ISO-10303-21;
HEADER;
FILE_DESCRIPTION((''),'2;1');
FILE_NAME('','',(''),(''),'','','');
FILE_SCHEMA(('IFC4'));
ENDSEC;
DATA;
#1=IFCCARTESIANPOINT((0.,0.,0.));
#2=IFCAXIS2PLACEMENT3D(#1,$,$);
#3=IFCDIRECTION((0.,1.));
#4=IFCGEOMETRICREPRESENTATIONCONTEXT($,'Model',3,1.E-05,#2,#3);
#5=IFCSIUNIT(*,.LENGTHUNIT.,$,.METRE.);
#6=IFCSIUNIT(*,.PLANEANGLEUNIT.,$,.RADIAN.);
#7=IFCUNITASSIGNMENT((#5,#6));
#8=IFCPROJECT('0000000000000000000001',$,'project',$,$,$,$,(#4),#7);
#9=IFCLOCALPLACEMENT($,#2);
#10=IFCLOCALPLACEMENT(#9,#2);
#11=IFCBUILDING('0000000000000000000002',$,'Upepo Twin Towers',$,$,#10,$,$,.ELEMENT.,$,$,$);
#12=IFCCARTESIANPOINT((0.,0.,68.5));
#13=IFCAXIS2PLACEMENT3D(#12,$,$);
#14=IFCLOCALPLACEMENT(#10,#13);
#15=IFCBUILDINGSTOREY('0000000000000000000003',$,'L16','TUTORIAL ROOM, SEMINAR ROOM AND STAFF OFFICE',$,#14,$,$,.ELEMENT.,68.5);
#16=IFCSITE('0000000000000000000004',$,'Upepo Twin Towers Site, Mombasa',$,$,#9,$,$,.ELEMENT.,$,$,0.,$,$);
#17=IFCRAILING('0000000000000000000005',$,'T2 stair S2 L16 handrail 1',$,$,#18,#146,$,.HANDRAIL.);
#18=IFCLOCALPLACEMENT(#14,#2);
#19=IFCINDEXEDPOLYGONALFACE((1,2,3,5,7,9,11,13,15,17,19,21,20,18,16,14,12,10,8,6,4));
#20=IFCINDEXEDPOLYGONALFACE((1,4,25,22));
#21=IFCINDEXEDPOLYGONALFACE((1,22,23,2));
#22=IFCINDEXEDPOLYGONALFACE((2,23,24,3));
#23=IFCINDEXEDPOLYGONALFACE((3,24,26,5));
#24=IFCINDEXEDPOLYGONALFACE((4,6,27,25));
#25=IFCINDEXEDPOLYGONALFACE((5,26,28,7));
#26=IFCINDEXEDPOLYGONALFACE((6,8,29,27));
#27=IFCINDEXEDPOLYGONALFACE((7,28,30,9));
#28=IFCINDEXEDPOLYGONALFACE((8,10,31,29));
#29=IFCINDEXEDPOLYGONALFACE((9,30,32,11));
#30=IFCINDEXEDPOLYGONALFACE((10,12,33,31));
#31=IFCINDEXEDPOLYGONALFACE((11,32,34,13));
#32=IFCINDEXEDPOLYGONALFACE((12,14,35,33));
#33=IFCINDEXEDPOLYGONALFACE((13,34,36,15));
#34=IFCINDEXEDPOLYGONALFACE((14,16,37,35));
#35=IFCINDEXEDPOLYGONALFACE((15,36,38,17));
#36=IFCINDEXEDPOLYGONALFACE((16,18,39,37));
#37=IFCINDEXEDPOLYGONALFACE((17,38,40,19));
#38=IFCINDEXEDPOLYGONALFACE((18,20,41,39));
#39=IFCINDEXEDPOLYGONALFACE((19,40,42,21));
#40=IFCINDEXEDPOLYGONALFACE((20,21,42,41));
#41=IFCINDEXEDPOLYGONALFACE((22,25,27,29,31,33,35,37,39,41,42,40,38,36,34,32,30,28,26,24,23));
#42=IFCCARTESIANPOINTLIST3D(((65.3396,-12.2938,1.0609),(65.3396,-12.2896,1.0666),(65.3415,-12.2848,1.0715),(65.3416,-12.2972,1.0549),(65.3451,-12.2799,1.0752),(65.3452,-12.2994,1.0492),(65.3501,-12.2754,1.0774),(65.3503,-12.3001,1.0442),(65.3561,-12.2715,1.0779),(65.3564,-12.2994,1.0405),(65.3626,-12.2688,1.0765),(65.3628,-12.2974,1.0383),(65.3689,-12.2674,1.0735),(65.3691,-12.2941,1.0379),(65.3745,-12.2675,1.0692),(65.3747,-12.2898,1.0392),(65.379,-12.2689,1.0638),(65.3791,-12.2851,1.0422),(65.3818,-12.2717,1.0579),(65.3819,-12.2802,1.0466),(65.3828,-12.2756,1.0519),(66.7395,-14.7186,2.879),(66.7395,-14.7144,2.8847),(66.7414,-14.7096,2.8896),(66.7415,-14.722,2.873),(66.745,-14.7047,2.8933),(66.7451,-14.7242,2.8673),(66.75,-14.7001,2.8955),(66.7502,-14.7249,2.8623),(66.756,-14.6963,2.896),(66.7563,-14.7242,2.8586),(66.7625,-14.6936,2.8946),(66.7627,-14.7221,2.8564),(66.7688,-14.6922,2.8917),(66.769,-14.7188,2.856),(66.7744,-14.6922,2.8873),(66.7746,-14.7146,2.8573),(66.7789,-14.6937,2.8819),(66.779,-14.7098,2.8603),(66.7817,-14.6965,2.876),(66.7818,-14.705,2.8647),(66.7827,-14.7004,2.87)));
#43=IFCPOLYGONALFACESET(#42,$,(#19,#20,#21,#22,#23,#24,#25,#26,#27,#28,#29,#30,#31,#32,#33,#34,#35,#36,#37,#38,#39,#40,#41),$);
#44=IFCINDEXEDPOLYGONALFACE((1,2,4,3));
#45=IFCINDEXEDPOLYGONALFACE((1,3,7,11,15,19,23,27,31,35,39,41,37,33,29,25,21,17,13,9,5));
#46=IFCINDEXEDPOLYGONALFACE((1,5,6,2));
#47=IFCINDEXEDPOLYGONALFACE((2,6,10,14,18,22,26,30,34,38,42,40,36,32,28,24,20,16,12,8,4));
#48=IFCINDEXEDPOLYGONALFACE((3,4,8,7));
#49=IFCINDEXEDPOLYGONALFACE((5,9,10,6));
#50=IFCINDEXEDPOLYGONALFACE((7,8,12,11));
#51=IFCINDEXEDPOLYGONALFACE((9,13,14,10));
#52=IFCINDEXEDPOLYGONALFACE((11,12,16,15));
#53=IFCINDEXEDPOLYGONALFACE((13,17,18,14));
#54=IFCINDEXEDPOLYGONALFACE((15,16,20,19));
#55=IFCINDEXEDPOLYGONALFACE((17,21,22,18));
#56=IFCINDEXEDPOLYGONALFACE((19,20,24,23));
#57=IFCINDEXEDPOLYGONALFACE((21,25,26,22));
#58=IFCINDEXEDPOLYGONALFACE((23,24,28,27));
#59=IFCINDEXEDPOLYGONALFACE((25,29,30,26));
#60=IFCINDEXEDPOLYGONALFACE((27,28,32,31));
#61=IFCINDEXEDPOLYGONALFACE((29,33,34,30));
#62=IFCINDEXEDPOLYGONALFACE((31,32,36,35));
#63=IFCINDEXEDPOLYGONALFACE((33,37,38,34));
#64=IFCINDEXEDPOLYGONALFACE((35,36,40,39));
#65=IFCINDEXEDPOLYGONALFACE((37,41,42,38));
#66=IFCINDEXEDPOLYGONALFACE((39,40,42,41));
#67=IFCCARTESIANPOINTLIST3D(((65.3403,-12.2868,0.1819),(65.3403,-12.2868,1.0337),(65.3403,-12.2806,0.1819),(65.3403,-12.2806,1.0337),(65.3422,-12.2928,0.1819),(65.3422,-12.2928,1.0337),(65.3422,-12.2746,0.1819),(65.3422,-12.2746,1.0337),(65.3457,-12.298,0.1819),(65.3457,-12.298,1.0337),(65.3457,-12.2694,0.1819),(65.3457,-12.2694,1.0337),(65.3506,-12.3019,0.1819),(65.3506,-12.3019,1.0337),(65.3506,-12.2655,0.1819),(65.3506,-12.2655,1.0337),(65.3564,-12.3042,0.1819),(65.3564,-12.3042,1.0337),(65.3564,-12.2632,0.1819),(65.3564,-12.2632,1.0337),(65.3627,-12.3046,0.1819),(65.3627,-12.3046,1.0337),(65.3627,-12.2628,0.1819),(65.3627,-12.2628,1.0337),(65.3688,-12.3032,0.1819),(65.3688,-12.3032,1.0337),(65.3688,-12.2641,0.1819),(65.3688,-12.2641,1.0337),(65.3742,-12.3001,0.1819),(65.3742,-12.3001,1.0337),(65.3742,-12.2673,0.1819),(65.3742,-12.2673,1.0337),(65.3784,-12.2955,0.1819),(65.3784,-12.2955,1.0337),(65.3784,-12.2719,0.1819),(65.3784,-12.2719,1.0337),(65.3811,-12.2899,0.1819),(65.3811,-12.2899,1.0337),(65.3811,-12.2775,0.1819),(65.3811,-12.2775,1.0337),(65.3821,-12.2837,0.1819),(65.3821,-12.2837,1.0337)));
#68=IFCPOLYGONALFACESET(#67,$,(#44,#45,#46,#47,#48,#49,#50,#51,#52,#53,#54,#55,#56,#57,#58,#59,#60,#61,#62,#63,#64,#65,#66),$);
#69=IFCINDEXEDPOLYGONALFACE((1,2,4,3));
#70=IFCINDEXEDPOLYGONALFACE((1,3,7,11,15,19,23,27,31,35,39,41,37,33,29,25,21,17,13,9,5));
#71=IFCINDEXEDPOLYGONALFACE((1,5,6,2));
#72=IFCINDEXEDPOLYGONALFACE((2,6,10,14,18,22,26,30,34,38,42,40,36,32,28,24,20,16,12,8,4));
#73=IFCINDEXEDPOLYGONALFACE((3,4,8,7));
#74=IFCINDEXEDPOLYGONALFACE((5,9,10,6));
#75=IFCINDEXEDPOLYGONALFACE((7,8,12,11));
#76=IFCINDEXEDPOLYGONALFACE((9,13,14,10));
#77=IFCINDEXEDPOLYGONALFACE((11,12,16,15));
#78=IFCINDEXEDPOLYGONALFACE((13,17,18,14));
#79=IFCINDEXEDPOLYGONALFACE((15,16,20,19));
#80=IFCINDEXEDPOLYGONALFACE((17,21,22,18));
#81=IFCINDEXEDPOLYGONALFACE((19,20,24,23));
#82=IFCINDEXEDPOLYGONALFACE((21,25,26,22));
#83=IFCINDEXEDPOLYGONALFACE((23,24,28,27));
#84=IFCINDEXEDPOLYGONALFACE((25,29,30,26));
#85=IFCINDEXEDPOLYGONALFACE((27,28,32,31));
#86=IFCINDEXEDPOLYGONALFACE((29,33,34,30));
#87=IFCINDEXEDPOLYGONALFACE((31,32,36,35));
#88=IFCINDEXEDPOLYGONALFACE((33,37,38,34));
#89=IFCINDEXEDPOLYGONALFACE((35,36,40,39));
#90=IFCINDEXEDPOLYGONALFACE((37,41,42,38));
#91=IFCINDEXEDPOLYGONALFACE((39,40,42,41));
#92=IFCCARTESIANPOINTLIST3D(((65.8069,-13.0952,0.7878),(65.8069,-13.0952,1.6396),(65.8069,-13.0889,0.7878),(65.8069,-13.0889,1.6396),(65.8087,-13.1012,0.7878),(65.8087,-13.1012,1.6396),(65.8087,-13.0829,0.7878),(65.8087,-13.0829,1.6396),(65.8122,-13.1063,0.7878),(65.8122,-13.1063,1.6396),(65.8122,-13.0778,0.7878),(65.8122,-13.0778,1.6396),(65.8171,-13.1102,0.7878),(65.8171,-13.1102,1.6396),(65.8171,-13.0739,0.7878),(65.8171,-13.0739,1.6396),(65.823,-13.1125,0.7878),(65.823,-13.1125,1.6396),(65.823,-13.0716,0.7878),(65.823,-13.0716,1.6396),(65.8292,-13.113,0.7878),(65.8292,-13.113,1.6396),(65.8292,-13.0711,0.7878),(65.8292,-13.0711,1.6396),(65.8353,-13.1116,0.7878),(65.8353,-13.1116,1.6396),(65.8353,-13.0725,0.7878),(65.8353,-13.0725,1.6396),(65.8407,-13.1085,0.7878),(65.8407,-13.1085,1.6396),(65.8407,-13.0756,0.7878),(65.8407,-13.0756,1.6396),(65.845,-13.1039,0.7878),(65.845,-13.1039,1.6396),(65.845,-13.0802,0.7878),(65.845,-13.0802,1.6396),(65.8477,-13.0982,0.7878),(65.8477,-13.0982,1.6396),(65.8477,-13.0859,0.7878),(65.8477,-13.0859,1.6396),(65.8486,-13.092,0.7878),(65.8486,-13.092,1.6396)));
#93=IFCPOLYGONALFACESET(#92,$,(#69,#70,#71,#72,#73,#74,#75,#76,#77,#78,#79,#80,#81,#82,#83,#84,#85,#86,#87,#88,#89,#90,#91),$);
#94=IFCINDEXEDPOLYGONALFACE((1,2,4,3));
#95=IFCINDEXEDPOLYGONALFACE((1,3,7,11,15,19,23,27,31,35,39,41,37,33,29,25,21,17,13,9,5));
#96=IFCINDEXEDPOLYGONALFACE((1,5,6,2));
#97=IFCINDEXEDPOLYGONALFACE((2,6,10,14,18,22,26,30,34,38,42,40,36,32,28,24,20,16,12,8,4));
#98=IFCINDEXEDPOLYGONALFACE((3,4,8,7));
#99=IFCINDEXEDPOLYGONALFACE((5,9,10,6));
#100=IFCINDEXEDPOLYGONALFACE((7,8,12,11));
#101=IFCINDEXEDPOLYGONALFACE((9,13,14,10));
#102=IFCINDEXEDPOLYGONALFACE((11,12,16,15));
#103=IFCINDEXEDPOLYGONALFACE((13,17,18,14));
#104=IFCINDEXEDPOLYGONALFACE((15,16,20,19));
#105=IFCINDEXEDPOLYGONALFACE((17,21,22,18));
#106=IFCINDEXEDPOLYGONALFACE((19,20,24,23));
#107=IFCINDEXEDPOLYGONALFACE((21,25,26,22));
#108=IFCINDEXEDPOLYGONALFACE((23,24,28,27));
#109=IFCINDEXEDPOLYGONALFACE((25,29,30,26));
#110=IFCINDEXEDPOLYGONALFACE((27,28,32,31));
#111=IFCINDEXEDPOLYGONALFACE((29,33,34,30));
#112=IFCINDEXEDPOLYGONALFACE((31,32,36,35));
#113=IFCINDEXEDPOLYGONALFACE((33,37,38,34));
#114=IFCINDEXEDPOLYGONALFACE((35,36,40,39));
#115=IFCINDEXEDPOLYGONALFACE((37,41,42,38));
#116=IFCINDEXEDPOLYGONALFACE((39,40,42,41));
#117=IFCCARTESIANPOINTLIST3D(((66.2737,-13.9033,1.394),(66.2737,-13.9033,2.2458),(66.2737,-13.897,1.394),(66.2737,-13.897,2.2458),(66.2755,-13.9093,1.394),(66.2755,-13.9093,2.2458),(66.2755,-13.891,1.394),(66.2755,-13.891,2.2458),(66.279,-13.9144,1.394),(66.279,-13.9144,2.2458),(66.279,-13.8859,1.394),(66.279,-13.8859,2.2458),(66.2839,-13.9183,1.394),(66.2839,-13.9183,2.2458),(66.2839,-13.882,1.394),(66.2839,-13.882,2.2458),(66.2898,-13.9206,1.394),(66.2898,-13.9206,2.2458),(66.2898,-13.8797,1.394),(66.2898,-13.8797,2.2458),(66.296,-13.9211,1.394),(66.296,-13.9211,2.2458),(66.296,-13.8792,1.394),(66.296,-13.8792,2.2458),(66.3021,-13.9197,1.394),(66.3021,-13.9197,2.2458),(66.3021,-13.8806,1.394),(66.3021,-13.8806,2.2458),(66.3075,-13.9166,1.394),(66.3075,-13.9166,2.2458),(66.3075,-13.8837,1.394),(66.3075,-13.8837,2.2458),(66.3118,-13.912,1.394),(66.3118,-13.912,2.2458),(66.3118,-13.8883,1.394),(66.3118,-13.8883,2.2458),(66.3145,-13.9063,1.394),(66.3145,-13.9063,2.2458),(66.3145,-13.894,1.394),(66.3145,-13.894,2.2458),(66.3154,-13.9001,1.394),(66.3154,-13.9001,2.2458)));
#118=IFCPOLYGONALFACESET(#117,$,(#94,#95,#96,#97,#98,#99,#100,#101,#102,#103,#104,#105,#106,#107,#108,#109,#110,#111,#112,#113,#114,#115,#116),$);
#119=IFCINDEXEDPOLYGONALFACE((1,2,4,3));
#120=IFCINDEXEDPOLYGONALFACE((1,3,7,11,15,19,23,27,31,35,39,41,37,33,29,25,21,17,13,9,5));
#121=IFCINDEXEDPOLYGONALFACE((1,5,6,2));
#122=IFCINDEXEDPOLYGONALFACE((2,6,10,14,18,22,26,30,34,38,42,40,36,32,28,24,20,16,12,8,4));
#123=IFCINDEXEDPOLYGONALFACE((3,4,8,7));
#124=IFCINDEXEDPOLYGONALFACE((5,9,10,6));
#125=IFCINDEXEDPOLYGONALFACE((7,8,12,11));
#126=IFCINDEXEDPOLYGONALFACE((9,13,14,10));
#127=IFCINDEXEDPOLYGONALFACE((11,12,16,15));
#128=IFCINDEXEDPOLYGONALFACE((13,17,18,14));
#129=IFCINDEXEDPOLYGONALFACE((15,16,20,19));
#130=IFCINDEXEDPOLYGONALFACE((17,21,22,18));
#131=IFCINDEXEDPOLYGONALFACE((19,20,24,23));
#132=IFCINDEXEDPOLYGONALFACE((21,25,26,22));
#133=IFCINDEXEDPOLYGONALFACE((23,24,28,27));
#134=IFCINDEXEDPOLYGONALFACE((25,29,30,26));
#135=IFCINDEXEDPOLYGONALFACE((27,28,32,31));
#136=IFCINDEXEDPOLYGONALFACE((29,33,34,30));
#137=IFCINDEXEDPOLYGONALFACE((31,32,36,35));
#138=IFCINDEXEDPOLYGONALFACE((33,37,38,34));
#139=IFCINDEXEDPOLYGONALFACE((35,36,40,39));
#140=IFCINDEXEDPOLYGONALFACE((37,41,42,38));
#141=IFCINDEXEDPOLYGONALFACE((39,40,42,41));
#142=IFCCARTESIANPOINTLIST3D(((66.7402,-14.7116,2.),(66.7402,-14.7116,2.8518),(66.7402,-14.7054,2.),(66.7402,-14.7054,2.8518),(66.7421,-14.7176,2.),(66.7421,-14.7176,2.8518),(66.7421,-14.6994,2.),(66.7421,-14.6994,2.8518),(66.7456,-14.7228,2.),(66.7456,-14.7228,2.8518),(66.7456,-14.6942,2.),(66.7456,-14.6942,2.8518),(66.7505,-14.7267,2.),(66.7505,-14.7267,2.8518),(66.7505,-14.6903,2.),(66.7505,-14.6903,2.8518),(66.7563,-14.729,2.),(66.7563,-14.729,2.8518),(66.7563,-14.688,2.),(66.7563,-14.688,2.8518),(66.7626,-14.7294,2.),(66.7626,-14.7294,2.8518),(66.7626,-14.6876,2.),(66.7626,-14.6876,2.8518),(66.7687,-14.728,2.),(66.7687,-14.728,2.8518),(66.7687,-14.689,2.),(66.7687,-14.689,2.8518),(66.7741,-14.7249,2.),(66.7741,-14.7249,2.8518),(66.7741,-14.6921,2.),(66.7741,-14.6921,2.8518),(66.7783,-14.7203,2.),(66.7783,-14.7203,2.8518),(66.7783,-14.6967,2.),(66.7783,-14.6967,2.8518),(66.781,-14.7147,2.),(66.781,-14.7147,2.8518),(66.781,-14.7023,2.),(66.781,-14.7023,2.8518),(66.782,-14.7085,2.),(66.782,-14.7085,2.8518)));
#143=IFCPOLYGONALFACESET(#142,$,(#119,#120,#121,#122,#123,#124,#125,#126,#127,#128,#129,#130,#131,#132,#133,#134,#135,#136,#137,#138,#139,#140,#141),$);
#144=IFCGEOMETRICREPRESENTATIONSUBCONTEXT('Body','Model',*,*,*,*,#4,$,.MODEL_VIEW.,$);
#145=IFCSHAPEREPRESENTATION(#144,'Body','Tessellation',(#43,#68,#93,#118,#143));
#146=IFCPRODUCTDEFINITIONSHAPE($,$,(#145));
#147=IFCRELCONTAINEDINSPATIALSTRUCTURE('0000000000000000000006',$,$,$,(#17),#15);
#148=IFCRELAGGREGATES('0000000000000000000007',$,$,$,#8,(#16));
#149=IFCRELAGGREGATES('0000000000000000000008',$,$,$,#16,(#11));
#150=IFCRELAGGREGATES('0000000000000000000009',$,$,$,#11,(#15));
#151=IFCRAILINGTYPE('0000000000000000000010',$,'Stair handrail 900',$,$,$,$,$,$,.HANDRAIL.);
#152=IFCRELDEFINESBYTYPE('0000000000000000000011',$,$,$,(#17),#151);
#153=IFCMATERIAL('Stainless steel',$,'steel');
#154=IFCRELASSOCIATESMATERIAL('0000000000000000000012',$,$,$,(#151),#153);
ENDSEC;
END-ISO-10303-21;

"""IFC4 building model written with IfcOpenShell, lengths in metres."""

from ifc_helpers import new_model, si_unit, direction, frame, origin, origin_2d, place, context, subcontext, project, spatial, circle, extrude, material, type_object, element, save


model = new_model("IFC4")

# Units and contexts
model_context = context("Model", 3, precision=1e-05, world=origin(), true_north=direction((0.0, 1.0)))
body_context = subcontext(model_context, "Body", "Model", "MODEL_VIEW")
ifc_project = project(units=[si_unit("LENGTHUNIT", "METRE"), si_unit("PLANEANGLEUNIT", "RADIAN")], contexts=[model_context])

# Site, building, storey
site_placement = place(None, origin())
site = spatial("IfcSite", under=ifc_project, at=site_placement, Name="Upepo Twin Towers Site, Mombasa", CompositionType="ELEMENT", RefElevation=0.0)
building_placement = place(site_placement, origin())
building = spatial("IfcBuilding", under=site, at=building_placement, Name="Upepo Twin Towers", CompositionType="ELEMENT")
storey_placement = place(building_placement, frame((0.0, 0.0, 68.5)))
storey = spatial("IfcBuildingStorey", under=building, at=storey_placement, Name="L16", Description="TUTORIAL ROOM, SEMINAR ROOM AND STAFF OFFICE", CompositionType="ELEMENT", Elevation=68.5)

# Railing
ifc_material_1 = material(Name="Stainless steel", Category="steel")
railing_type = type_object("IfcRailingType", Name="Stair handrail 900", PredefinedType="HANDRAIL", material=ifc_material_1)
railing_1_placement = place(storey_placement, frame((65.3611, -12.2837, 0.1819)))
element("IfcRailing", 1, at=railing_1_placement, inside=storey, type_object=railing_type, Name="T2 stair S2 L16 handrail 1", PredefinedType="HANDRAIL", context=body_context, shape_type="SweptSolid", body=[
    extrude(circle(Radius=0.0239, at=origin_2d()), frame((0.0, 0.0, 0.876), z_axis=(0.419333, -0.726336, 0.544606), x_axis=(0.866035, 0.499984, 0.0)), (0.0, 0.0, 1.0), 3.3384),
    extrude(circle(Radius=0.021, at=origin_2d()), origin(), (0.0, 0.0, 1.0), 0.8518),
    extrude(circle(Radius=0.021, at=origin_2d()), frame((0.4666, -0.8083, 0.606)), (0.0, 0.0, 1.0), 0.8518),
    extrude(circle(Radius=0.021, at=origin_2d()), frame((0.9333, -1.6165, 1.2122)), (0.0, 0.0, 1.0), 0.8518),
    extrude(circle(Radius=0.021, at=origin_2d()), frame((1.3999, -2.4248, 1.8181)), (0.0, 0.0, 1.0), 0.8518),
])

save(model, "model.ifc")
